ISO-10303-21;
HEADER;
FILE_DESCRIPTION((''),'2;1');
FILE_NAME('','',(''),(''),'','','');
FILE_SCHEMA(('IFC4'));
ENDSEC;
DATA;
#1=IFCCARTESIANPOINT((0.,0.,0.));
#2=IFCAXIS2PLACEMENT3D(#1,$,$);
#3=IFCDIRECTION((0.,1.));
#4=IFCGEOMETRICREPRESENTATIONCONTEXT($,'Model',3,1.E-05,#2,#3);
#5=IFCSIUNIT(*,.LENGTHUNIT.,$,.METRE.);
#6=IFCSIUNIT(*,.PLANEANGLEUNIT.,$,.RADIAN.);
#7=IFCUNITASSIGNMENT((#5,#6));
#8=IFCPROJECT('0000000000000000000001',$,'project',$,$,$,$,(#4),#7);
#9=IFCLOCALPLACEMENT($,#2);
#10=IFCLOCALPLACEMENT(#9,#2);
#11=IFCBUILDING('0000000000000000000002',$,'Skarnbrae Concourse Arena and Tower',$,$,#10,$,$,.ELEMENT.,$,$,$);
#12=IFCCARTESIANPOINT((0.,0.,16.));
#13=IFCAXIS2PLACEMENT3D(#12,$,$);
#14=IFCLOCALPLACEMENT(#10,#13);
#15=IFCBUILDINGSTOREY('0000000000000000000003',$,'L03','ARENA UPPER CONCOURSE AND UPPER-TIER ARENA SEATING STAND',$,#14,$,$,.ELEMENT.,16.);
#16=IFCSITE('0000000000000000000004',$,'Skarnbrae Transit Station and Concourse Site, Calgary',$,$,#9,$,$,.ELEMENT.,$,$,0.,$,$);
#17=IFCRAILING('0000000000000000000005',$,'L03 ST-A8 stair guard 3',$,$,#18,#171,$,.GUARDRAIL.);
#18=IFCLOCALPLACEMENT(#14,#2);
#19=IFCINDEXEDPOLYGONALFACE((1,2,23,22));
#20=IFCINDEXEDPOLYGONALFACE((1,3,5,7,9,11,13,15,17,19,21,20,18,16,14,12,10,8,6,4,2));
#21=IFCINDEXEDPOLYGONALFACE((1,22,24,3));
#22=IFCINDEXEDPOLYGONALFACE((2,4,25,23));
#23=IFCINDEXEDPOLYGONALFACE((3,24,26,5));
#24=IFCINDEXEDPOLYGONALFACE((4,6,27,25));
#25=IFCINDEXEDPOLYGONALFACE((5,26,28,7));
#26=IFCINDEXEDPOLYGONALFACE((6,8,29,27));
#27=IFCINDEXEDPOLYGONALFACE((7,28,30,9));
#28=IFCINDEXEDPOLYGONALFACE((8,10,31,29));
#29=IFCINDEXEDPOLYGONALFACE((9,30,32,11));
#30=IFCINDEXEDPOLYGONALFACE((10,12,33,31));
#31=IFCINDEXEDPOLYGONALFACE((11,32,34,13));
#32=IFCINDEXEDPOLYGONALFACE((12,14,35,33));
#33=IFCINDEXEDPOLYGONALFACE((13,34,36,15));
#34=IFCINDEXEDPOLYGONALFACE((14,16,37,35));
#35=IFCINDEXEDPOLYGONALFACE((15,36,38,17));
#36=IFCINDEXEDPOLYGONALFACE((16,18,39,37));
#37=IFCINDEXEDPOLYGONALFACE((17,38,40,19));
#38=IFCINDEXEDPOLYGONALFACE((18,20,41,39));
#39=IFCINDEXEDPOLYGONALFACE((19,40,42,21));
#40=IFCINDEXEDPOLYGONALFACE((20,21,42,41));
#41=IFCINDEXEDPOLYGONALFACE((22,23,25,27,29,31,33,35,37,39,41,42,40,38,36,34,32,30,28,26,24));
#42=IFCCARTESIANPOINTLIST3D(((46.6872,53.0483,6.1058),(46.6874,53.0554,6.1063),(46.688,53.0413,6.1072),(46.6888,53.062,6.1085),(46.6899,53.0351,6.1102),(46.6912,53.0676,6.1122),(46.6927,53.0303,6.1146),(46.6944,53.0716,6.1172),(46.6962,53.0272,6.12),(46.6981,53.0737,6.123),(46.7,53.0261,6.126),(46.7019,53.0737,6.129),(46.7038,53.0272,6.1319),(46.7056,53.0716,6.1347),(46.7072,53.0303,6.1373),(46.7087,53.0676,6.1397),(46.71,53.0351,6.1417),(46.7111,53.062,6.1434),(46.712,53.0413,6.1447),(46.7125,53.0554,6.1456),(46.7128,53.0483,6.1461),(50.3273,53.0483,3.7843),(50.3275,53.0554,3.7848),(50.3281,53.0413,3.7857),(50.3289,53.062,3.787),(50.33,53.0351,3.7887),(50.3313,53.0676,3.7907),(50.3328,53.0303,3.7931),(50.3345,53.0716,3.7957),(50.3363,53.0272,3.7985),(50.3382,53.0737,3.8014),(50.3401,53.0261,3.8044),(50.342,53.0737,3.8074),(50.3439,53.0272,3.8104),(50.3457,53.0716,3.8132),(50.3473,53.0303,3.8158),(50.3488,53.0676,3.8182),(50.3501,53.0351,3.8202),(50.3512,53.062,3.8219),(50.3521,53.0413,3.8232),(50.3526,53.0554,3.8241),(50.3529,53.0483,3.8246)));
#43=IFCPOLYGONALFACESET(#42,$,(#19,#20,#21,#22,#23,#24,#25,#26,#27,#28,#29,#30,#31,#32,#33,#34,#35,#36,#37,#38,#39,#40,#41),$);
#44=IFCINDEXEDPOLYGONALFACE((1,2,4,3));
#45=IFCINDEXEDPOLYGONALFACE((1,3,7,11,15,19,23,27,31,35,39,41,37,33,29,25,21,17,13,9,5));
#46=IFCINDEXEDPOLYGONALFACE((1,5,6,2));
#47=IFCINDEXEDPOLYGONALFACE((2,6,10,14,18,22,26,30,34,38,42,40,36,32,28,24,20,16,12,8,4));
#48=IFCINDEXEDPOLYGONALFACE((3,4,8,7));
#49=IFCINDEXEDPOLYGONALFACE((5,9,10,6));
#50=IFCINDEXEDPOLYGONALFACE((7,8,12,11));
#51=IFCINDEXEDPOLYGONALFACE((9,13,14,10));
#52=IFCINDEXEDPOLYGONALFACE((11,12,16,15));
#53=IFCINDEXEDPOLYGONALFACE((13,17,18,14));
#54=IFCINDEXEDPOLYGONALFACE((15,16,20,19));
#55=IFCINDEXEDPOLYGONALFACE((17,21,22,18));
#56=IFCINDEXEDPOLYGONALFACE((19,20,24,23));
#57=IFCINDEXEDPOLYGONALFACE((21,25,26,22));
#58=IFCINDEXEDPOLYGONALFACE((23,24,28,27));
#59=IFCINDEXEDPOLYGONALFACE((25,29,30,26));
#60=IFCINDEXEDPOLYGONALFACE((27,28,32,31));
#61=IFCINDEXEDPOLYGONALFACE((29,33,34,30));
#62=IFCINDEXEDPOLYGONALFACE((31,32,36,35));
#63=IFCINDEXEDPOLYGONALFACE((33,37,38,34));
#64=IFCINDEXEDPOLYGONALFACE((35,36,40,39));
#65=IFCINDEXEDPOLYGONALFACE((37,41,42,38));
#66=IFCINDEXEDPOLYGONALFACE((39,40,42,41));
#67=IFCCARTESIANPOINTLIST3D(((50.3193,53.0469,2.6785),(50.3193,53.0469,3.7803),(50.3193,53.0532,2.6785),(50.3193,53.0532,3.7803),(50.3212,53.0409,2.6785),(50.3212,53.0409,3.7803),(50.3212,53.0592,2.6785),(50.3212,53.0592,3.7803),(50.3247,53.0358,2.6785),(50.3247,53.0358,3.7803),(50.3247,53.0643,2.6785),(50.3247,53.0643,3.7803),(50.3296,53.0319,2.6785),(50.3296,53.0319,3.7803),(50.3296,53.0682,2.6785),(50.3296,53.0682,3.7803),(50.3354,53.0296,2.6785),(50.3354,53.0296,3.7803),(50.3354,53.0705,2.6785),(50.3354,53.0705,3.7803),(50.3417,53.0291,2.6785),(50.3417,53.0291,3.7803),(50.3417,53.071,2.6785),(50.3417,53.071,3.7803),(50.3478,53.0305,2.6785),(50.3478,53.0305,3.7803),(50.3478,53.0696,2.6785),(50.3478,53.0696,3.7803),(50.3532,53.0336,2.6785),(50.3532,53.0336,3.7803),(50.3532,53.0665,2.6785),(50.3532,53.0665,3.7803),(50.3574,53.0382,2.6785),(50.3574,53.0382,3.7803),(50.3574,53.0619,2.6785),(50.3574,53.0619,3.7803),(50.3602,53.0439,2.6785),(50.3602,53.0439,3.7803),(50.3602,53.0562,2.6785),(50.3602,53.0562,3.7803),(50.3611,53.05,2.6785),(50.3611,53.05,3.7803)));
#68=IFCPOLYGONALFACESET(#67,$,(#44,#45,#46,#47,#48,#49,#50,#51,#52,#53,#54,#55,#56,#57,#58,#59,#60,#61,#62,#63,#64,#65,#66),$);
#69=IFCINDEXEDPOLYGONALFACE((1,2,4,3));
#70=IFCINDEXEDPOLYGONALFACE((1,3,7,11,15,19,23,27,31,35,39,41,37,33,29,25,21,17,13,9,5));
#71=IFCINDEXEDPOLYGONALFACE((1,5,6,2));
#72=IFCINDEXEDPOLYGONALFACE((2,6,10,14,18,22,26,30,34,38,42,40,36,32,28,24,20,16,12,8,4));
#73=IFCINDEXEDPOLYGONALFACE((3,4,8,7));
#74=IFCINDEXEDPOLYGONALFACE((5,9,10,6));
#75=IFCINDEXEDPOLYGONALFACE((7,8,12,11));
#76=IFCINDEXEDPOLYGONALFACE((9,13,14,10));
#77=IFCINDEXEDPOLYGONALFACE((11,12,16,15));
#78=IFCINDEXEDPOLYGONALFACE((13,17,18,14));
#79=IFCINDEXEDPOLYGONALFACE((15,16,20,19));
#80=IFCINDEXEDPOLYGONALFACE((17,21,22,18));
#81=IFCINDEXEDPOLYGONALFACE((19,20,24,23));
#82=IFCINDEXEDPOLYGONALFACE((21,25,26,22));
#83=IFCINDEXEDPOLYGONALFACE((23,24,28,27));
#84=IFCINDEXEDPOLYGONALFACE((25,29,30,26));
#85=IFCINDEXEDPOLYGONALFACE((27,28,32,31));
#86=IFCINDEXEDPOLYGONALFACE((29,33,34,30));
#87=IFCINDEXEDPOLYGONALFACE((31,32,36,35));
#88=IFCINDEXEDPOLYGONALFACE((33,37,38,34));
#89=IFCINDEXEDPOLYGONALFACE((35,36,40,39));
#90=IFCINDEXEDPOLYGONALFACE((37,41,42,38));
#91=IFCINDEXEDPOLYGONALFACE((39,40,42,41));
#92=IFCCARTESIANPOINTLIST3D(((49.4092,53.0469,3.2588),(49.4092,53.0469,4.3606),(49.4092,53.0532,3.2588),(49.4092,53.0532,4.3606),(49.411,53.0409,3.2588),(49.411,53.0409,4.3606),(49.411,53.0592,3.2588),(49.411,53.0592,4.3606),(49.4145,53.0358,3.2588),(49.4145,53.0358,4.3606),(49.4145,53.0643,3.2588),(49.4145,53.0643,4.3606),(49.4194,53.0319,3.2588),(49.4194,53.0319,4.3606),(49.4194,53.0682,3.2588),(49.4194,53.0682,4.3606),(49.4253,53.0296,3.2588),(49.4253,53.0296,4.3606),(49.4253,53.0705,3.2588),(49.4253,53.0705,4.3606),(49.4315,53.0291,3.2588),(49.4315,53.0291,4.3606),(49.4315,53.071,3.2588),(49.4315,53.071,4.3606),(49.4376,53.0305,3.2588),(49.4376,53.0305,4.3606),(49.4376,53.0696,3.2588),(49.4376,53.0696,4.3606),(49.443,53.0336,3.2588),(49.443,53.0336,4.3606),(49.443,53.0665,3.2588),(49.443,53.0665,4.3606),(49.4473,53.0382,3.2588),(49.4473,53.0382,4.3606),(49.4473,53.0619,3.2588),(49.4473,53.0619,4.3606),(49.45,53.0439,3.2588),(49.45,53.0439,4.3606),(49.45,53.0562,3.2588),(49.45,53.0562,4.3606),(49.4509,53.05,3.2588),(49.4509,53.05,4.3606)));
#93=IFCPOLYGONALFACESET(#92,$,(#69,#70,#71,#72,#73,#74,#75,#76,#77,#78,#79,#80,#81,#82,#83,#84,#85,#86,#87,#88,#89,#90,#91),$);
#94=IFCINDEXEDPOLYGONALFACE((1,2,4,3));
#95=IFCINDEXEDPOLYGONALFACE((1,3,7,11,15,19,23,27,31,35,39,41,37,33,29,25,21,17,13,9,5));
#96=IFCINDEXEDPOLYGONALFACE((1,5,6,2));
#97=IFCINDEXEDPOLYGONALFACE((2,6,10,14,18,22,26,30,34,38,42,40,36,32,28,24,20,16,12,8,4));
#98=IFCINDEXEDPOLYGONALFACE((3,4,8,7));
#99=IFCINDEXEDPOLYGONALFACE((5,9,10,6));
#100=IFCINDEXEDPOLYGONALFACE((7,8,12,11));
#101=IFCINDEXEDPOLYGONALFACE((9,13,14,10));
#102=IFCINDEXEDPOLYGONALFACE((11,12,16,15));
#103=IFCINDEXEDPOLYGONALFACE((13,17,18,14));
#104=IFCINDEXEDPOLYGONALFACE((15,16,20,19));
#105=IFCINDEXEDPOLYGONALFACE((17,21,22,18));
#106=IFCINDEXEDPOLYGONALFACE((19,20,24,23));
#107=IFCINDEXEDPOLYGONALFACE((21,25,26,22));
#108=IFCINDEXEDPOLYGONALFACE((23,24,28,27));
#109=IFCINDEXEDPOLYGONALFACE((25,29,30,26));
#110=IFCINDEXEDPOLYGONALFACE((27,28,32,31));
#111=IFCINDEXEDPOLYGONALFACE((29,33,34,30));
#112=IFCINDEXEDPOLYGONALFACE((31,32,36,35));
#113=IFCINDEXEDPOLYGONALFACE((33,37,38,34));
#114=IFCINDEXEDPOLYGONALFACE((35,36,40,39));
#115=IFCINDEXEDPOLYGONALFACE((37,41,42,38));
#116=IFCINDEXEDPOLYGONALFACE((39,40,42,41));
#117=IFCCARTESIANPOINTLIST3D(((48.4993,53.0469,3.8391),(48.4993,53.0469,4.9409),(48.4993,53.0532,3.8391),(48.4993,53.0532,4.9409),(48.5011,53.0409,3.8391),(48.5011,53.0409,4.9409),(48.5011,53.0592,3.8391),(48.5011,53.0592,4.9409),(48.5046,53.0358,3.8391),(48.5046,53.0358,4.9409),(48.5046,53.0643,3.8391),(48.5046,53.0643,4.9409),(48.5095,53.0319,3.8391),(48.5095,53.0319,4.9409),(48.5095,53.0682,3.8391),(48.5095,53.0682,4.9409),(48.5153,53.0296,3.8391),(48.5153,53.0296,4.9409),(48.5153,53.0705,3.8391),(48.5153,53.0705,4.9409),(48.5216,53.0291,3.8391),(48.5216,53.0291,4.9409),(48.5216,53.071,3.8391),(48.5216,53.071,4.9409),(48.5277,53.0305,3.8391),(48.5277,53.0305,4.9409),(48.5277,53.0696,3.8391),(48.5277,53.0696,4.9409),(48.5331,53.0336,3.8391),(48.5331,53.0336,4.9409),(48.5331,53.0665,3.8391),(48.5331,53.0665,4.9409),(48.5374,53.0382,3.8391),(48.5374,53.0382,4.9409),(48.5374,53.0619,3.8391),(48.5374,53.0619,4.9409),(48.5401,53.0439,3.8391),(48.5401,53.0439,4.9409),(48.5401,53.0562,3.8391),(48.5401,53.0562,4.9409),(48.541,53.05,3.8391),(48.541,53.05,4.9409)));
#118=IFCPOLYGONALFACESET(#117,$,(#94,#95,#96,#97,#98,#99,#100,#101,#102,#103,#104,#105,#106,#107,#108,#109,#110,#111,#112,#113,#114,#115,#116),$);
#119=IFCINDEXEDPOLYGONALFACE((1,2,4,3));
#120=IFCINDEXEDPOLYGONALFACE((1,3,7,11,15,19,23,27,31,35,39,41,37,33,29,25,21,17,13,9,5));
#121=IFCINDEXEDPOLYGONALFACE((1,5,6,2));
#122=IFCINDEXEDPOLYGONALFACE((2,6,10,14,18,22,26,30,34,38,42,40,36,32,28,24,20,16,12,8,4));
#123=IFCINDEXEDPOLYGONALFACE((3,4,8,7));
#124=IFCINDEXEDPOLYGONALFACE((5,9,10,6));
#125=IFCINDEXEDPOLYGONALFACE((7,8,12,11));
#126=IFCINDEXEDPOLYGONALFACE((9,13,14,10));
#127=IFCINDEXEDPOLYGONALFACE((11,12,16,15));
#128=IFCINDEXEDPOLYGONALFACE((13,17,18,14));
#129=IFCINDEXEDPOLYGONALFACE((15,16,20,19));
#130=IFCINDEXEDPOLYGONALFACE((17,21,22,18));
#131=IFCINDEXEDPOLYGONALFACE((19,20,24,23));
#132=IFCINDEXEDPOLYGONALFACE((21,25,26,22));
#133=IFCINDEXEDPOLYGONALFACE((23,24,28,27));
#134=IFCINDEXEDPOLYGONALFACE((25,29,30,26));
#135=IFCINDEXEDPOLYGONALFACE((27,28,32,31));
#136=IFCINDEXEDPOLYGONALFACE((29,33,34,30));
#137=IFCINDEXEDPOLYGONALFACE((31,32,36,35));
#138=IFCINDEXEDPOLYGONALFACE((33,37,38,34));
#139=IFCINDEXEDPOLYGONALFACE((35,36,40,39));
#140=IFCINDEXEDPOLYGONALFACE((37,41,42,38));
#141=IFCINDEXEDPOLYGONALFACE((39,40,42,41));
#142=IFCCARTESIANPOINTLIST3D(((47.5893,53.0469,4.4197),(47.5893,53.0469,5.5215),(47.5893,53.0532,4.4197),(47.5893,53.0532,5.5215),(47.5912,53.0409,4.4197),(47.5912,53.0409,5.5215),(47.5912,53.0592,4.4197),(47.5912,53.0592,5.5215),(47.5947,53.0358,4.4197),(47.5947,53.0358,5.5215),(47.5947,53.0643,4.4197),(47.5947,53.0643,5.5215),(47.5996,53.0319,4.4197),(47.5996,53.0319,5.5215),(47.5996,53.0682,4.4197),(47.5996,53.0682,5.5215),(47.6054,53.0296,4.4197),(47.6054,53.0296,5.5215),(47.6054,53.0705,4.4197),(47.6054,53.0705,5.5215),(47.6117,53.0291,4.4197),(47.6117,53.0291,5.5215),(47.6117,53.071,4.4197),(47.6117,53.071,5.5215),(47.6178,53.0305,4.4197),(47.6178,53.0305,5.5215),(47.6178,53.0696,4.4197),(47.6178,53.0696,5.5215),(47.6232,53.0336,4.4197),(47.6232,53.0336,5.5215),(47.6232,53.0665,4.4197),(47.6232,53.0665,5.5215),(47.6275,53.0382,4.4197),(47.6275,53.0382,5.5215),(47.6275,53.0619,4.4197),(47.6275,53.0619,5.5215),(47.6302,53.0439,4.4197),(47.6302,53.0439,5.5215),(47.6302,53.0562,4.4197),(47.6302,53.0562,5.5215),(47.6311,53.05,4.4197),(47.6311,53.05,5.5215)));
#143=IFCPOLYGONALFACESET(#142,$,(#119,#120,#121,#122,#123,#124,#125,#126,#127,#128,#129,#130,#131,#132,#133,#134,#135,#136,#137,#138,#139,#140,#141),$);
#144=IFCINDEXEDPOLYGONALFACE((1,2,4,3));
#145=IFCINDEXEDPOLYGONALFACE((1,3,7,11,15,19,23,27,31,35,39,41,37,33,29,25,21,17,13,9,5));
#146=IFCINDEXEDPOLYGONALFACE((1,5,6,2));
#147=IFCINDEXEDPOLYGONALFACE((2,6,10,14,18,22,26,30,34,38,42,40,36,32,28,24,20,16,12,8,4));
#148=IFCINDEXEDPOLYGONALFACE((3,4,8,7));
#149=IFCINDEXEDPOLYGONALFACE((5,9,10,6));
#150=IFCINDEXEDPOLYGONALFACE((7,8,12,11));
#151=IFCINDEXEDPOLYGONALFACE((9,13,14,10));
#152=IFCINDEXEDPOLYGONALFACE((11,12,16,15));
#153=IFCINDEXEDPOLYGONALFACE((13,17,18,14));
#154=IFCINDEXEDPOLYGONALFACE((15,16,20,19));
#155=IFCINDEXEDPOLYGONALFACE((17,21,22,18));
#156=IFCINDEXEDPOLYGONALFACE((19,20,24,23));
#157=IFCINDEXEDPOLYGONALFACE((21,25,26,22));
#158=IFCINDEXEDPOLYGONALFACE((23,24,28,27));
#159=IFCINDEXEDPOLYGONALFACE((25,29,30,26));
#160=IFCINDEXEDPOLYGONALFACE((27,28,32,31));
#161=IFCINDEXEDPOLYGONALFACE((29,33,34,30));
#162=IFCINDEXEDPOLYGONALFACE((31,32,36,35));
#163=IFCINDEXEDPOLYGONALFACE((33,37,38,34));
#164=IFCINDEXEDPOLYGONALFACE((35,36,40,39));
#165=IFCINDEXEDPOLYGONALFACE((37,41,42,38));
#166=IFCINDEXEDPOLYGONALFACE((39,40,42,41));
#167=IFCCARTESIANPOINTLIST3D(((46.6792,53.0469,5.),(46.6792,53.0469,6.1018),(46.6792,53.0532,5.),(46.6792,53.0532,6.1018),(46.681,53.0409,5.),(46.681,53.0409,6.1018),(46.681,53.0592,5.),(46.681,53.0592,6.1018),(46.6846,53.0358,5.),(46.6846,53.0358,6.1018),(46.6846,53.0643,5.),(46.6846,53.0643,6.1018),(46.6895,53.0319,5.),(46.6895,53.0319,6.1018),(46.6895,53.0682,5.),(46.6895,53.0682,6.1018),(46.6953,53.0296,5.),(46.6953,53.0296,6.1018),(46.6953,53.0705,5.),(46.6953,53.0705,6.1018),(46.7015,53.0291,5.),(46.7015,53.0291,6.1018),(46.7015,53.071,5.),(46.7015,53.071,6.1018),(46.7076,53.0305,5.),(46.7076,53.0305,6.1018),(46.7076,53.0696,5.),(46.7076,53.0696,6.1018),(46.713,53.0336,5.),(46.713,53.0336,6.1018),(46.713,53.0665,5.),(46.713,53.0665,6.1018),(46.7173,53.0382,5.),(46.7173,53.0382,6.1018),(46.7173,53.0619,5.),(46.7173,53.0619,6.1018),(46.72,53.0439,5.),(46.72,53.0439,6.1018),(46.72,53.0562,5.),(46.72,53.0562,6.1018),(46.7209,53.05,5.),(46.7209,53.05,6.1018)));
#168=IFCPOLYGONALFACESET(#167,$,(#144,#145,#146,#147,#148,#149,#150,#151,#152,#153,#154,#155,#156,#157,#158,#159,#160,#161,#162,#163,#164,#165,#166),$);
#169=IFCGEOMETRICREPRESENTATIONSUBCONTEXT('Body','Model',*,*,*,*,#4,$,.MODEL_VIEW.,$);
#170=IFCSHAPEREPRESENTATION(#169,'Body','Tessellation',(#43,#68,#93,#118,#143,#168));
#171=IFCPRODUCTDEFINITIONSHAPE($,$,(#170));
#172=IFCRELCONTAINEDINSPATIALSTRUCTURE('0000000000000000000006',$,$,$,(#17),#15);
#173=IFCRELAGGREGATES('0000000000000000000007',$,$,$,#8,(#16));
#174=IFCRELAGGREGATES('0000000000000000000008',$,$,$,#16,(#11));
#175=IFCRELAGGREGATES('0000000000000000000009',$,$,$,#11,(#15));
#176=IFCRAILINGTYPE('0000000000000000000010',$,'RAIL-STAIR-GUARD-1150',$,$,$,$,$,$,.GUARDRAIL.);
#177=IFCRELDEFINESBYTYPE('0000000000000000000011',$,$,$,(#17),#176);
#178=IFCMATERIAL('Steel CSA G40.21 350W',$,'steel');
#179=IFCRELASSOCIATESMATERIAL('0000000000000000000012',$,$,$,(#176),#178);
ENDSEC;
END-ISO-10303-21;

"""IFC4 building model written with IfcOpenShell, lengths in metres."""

from ifc_helpers import new_model, si_unit, direction, frame, origin, origin_2d, place, context, subcontext, project, spatial, circle, extrude, material, type_object, element, save


model = new_model("IFC4")

# Units and contexts
model_context = context("Model", 3, precision=1e-05, world=origin(), true_north=direction((0.0, 1.0)))
body_context = subcontext(model_context, "Body", "Model", "MODEL_VIEW")
ifc_project = project(units=[si_unit("LENGTHUNIT", "METRE"), si_unit("PLANEANGLEUNIT", "RADIAN")], contexts=[model_context])

# Site, building, storey
site_placement = place(None, origin())
site = spatial("IfcSite", under=ifc_project, at=site_placement, Name="Skarnbrae Transit Station and Concourse Site, Calgary", CompositionType="ELEMENT", RefElevation=0.0)
building_placement = place(site_placement, origin())
building = spatial("IfcBuilding", under=site, at=building_placement, Name="Skarnbrae Concourse Arena and Tower", CompositionType="ELEMENT")
storey_placement = place(building_placement, frame((0.0, 0.0, 16.0)))
storey = spatial("IfcBuildingStorey", under=building, at=storey_placement, Name="L03", Description="ARENA UPPER CONCOURSE AND UPPER-TIER ARENA SEATING STAND", CompositionType="ELEMENT", Elevation=16.0)

# Shared definitions
ifc_material_1 = material(Name="Steel CSA G40.21 350W", Category="steel")

# Railing
railing_type_1 = type_object("IfcRailingType", Name="RAIL-STAIR-GUARD-1150", PredefinedType="GUARDRAIL", material=ifc_material_1)
railing_1_placement = place(storey_placement, frame((50.3401, 53.05, 2.6785)))
element("IfcRailing", 1, at=railing_1_placement, inside=storey, type_object=railing_type_1, Name="L03 ST-A8 stair guard 3", PredefinedType="GUARDRAIL", context=body_context, shape_type="SweptSolid", body=[
    extrude(circle(Radius=0.0239, at=origin_2d()), frame((0.0, 0.0, 1.126), z_axis=(-0.843128, 0.0, 0.537713), x_axis=(0.0, -1.0, 0.0)), (0.0, 0.0, 1.0), 4.3174),
    extrude(circle(Radius=0.021, at=origin_2d()), origin(), (0.0, 0.0, 1.0), 1.1018),
    extrude(circle(Radius=0.021, at=origin_2d()), frame((-0.9102, 0.0, 0.5803)), (0.0, 0.0, 1.0), 1.1018),
    extrude(circle(Radius=0.021, at=origin_2d()), frame((-1.8201, 0.0, 1.1606)), (0.0, 0.0, 1.0), 1.1018),
    extrude(circle(Radius=0.021, at=origin_2d()), frame((-2.73, 0.0, 1.7412)), (0.0, 0.0, 1.0), 1.1018),
    extrude(circle(Radius=0.021, at=origin_2d()), frame((-3.6401, 0.0, 2.3215)), (0.0, 0.0, 1.0), 1.1018),
])

save(model, "model.ifc")
